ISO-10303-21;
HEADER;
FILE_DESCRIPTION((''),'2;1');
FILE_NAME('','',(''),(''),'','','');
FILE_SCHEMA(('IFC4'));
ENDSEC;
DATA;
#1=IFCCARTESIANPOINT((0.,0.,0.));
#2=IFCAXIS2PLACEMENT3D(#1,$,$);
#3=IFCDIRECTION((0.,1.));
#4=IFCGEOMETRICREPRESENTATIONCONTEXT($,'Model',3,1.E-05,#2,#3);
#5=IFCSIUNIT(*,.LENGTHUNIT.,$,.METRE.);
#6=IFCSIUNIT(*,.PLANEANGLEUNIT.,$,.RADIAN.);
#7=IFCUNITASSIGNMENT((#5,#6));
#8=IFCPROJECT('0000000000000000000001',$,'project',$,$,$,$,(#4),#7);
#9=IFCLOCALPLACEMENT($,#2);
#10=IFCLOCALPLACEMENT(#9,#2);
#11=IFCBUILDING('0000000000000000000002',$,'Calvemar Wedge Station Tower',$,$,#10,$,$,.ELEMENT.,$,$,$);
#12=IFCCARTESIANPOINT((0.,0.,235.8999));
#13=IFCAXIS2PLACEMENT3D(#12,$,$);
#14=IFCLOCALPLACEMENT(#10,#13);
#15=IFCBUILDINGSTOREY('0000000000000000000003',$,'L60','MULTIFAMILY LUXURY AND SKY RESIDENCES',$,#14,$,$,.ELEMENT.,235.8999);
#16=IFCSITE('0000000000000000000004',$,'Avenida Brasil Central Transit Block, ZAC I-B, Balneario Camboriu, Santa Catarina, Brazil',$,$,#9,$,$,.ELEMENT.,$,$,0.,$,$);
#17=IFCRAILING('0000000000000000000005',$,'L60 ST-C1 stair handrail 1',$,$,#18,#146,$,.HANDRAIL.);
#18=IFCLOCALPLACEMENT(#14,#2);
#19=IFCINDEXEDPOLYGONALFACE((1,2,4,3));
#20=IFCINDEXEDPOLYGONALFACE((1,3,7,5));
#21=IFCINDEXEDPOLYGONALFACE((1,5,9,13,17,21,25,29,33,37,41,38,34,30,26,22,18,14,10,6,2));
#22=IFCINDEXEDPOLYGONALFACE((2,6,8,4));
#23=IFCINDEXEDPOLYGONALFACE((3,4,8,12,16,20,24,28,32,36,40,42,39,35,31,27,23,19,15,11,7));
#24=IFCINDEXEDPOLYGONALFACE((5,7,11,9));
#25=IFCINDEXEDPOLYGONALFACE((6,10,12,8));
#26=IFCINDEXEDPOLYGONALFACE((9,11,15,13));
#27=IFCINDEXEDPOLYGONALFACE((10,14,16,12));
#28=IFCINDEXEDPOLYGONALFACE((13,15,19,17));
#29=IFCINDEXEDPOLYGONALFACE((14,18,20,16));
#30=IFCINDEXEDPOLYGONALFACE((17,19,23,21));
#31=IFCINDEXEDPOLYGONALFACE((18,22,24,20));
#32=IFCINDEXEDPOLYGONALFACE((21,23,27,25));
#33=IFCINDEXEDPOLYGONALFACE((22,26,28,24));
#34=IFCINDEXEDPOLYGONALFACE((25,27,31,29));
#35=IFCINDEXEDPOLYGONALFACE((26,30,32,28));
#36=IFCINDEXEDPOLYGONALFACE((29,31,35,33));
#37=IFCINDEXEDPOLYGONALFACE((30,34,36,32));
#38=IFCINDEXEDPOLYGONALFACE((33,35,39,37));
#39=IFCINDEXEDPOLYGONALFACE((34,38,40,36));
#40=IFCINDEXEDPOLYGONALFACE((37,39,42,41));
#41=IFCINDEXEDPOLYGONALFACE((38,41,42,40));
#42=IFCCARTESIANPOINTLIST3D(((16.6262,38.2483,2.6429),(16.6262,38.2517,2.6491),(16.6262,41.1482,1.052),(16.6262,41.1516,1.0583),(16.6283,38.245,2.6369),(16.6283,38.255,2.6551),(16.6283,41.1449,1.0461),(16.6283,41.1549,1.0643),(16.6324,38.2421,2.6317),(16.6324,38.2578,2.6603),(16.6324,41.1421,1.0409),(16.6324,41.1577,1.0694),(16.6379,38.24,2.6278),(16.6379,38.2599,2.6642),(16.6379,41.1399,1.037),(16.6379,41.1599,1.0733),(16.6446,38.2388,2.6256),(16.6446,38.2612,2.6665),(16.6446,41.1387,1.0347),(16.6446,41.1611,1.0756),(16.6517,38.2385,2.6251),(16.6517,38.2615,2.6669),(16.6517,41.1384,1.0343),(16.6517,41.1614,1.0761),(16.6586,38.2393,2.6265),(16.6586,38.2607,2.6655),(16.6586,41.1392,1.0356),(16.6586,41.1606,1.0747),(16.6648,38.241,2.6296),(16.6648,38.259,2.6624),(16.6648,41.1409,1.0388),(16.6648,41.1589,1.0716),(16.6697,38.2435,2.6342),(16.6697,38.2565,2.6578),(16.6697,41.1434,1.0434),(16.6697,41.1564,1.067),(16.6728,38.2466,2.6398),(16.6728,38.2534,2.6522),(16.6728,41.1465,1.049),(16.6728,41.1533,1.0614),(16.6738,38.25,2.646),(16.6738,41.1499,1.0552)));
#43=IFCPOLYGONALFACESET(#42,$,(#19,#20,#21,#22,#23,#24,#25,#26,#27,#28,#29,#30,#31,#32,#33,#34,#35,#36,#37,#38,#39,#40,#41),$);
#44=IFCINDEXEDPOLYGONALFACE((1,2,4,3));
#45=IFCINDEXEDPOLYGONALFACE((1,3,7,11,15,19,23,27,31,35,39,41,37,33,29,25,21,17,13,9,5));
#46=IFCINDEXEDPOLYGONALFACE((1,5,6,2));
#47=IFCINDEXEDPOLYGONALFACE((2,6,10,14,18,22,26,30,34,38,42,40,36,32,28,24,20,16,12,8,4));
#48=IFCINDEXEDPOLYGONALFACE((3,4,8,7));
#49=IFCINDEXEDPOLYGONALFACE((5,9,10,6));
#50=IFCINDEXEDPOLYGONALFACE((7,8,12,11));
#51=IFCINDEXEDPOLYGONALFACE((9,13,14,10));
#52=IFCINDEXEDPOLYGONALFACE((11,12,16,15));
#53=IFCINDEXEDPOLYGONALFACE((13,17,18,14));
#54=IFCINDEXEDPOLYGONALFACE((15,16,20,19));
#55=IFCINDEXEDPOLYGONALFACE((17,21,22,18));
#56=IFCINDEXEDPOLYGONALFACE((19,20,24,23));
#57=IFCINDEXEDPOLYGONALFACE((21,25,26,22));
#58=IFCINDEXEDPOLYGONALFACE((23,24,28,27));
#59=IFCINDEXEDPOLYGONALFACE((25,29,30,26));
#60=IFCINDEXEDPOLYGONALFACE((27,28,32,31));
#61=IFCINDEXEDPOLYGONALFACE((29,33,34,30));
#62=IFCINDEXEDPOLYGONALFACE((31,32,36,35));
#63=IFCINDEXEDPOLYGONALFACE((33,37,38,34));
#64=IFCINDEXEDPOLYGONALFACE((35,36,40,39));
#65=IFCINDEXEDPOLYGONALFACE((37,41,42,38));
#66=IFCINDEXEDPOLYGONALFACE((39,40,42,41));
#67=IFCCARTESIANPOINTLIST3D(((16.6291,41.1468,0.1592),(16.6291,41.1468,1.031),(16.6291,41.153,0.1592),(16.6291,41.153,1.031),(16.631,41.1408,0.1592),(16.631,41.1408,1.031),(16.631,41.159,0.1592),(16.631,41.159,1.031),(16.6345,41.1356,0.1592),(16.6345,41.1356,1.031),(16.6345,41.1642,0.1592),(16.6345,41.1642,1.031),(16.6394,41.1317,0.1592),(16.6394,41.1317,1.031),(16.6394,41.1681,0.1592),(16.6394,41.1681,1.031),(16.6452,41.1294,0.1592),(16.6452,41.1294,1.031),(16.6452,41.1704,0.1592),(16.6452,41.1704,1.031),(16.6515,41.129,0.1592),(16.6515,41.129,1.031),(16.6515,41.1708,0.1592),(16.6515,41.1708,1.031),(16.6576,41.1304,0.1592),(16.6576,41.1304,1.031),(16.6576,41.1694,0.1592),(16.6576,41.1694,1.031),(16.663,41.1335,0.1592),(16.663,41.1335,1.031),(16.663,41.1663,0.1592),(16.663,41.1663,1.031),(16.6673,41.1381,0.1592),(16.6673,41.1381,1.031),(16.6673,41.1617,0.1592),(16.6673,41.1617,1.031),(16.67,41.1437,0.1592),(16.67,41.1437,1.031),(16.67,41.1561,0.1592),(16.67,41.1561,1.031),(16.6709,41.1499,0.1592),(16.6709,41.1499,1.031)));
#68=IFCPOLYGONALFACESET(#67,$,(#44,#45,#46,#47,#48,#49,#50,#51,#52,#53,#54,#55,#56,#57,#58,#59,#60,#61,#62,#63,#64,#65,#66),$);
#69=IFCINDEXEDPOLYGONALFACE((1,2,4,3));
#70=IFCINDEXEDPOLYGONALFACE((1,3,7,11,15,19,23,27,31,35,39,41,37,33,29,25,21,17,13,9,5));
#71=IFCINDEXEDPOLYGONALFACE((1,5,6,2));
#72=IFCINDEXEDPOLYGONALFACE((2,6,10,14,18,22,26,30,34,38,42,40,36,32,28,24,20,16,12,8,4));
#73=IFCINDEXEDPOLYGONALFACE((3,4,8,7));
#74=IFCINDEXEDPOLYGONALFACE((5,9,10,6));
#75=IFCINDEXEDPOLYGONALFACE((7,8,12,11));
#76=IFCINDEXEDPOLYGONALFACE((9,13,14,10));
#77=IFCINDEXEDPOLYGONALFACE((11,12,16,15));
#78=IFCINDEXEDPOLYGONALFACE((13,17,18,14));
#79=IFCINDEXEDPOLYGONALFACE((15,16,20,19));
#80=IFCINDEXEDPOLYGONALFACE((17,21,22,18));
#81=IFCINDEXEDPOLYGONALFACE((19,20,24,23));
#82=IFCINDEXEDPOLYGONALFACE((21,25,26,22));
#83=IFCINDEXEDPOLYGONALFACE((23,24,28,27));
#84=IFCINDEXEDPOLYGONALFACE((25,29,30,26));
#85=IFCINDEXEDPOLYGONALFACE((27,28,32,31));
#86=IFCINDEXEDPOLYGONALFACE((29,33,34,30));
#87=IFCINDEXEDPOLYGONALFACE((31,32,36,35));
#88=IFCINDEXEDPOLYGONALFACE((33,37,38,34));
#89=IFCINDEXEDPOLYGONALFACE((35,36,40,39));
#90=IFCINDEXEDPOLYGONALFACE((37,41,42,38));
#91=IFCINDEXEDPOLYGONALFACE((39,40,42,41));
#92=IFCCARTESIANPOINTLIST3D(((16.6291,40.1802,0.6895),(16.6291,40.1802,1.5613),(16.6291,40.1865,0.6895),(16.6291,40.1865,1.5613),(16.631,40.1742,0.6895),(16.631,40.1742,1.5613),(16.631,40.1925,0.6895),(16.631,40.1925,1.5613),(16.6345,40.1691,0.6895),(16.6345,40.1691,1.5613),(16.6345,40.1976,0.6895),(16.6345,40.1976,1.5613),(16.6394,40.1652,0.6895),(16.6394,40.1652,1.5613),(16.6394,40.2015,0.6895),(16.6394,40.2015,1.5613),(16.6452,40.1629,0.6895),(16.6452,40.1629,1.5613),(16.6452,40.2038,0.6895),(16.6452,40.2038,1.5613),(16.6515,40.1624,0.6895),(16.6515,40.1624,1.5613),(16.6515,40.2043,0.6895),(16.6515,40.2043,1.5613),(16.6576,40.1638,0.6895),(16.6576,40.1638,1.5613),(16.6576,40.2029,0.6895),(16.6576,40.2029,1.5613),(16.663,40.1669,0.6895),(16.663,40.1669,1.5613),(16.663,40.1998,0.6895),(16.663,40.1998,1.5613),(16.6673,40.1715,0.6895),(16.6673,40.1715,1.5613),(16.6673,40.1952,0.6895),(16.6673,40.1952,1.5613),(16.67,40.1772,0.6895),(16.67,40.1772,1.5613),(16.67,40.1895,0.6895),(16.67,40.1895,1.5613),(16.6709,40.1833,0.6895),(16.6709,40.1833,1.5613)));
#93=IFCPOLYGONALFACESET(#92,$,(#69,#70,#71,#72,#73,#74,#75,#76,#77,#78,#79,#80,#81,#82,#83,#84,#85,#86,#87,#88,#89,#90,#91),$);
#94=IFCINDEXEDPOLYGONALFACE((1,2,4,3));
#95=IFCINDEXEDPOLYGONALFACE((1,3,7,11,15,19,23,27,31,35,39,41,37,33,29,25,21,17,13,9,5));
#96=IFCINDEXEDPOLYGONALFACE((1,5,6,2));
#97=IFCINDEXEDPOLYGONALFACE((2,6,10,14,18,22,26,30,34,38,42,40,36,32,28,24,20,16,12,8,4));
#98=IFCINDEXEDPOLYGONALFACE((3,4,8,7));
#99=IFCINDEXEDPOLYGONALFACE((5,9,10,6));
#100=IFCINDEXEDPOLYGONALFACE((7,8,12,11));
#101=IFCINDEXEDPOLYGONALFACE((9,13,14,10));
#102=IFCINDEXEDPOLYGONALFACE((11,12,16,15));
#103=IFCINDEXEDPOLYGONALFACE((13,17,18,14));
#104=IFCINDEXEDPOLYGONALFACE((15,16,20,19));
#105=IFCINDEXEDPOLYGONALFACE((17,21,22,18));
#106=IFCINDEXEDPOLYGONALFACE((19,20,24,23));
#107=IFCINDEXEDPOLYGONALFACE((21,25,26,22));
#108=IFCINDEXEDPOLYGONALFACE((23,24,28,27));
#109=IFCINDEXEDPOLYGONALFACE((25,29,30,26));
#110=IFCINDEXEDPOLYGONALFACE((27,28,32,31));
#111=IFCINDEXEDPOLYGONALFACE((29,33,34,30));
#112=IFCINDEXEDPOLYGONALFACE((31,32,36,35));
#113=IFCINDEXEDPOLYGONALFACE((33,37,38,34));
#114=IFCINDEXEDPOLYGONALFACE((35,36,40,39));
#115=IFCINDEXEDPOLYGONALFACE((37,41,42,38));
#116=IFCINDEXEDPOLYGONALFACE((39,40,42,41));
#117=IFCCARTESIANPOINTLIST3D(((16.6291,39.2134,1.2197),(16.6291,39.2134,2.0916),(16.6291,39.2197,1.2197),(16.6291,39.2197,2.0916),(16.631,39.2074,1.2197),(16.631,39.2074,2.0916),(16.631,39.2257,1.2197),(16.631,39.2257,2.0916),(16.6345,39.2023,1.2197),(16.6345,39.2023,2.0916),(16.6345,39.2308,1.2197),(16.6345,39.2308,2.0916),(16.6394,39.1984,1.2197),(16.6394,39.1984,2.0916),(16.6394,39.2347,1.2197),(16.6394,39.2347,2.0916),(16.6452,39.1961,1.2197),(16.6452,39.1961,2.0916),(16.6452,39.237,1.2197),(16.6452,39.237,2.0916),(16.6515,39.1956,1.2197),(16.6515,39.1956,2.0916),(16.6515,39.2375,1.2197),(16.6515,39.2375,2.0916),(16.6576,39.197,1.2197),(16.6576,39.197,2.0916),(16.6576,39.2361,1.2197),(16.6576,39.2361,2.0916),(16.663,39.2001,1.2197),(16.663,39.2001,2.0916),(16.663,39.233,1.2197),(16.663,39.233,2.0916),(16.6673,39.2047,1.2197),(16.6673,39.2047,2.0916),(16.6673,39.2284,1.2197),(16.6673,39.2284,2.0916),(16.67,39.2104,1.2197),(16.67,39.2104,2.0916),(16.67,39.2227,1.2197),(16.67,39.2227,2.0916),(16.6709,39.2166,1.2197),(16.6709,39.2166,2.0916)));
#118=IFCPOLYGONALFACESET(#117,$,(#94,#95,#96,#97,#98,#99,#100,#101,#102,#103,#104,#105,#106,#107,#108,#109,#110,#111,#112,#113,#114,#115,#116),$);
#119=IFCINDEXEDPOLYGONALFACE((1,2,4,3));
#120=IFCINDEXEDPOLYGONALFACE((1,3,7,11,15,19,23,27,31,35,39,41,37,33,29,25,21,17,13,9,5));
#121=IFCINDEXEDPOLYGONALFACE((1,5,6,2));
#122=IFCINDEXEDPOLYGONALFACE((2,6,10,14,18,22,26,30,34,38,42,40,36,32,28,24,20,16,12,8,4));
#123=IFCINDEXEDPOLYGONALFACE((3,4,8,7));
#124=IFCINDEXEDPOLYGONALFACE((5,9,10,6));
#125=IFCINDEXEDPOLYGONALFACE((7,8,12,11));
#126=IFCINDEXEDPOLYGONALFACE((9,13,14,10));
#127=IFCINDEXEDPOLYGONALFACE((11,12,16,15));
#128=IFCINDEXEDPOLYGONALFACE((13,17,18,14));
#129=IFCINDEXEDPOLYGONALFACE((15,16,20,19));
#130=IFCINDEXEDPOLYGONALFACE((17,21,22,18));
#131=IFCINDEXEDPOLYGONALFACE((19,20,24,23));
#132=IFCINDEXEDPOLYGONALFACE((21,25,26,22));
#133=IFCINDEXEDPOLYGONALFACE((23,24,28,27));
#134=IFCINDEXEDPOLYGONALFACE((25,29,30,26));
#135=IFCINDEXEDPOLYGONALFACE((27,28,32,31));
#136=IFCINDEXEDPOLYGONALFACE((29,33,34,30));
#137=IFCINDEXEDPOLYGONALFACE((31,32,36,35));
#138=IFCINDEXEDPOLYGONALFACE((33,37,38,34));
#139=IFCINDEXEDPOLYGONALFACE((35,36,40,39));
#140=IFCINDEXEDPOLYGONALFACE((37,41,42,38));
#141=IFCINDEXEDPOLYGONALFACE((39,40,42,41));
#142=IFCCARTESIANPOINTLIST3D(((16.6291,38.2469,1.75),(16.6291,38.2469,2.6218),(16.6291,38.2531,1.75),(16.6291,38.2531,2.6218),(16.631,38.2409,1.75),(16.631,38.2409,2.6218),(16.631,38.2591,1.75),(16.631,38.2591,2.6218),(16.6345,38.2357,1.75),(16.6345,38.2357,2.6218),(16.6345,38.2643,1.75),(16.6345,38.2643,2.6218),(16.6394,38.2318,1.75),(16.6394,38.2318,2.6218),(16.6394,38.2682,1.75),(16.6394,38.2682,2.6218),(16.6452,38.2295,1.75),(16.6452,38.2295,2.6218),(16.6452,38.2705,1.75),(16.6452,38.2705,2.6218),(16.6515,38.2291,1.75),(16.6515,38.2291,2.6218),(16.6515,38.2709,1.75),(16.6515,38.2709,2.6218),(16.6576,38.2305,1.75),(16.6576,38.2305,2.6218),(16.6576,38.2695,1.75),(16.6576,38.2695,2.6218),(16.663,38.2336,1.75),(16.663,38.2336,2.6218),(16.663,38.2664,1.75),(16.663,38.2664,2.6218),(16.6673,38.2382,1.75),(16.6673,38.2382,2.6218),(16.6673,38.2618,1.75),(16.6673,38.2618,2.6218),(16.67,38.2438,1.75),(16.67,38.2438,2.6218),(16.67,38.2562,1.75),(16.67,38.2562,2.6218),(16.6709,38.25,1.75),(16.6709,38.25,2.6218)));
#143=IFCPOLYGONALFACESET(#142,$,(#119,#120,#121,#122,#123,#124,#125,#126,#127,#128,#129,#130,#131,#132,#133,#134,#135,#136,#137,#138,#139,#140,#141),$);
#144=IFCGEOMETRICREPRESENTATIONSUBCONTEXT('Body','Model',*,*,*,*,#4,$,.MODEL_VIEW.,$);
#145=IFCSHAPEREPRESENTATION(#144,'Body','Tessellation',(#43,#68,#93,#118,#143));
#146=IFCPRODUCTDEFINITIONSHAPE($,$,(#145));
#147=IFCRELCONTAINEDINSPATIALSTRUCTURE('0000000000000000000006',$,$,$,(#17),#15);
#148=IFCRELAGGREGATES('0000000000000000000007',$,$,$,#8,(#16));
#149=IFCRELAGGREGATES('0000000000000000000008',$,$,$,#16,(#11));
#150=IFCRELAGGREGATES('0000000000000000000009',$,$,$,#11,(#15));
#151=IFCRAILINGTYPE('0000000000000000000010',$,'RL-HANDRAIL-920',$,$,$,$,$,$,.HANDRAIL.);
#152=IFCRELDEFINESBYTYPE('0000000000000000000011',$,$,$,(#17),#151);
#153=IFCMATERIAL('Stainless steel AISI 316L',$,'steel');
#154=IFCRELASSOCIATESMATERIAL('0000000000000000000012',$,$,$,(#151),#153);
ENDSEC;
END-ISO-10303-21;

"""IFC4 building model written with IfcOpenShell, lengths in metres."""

from ifc_helpers import new_model, si_unit, direction, frame, origin, origin_2d, place, context, subcontext, project, spatial, circle, extrude, material, type_object, element, save


model = new_model("IFC4")

# Units and contexts
model_context = context("Model", 3, precision=1e-05, world=origin(), true_north=direction((0.0, 1.0)))
body_context = subcontext(model_context, "Body", "Model", "MODEL_VIEW")
ifc_project = project(units=[si_unit("LENGTHUNIT", "METRE"), si_unit("PLANEANGLEUNIT", "RADIAN")], contexts=[model_context])

# Site, building, storey
site_placement = place(None, origin())
site = spatial("IfcSite", under=ifc_project, at=site_placement, Name="Avenida Brasil Central Transit Block, ZAC I-B, Balneario Camboriu, Santa Catarina, Brazil", CompositionType="ELEMENT", RefElevation=0.0)
building_placement = place(site_placement, origin())
building = spatial("IfcBuilding", under=site, at=building_placement, Name="Calvemar Wedge Station Tower", CompositionType="ELEMENT")
storey_placement = place(building_placement, frame((0.0, 0.0, 235.8999)))
storey = spatial("IfcBuildingStorey", under=building, at=storey_placement, Name="L60", Description="MULTIFAMILY LUXURY AND SKY RESIDENCES", CompositionType="ELEMENT", Elevation=235.8999)

# Railing
ifc_material_1 = material(Name="Stainless steel AISI 316L", Category="steel")
railing_type_1 = type_object("IfcRailingType", Name="RL-HANDRAIL-920", PredefinedType="HANDRAIL", material=ifc_material_1)
railing_1_placement = place(storey_placement, frame((16.6499, 41.1499, 0.1592)))
element("IfcRailing", 1, at=railing_1_placement, inside=storey, type_object=railing_type_1, Name="L60 ST-C1 stair handrail 1", PredefinedType="HANDRAIL", context=body_context, shape_type="SweptSolid", body=[
    extrude(circle(Radius=0.0239, at=origin_2d()), frame((0.0, 0.0, 0.896), z_axis=(0.0, -0.876742, 0.480961), x_axis=(1.0, 0.0, 0.0)), (0.0, 0.0, 1.0), 3.3076),
    extrude(circle(Radius=0.021, at=origin_2d()), origin(), (0.0, 0.0, 1.0), 0.8718),
    extrude(circle(Radius=0.021, at=origin_2d()), frame((0.0, -0.9666, 0.5303)), (0.0, 0.0, 1.0), 0.8718),
    extrude(circle(Radius=0.021, at=origin_2d()), frame((0.0, -1.9333, 1.0605)), (0.0, 0.0, 1.0), 0.8718),
    extrude(circle(Radius=0.021, at=origin_2d()), frame((0.0, -2.8999, 1.5908)), (0.0, 0.0, 1.0), 0.8718),
])

save(model, "model.ifc")
